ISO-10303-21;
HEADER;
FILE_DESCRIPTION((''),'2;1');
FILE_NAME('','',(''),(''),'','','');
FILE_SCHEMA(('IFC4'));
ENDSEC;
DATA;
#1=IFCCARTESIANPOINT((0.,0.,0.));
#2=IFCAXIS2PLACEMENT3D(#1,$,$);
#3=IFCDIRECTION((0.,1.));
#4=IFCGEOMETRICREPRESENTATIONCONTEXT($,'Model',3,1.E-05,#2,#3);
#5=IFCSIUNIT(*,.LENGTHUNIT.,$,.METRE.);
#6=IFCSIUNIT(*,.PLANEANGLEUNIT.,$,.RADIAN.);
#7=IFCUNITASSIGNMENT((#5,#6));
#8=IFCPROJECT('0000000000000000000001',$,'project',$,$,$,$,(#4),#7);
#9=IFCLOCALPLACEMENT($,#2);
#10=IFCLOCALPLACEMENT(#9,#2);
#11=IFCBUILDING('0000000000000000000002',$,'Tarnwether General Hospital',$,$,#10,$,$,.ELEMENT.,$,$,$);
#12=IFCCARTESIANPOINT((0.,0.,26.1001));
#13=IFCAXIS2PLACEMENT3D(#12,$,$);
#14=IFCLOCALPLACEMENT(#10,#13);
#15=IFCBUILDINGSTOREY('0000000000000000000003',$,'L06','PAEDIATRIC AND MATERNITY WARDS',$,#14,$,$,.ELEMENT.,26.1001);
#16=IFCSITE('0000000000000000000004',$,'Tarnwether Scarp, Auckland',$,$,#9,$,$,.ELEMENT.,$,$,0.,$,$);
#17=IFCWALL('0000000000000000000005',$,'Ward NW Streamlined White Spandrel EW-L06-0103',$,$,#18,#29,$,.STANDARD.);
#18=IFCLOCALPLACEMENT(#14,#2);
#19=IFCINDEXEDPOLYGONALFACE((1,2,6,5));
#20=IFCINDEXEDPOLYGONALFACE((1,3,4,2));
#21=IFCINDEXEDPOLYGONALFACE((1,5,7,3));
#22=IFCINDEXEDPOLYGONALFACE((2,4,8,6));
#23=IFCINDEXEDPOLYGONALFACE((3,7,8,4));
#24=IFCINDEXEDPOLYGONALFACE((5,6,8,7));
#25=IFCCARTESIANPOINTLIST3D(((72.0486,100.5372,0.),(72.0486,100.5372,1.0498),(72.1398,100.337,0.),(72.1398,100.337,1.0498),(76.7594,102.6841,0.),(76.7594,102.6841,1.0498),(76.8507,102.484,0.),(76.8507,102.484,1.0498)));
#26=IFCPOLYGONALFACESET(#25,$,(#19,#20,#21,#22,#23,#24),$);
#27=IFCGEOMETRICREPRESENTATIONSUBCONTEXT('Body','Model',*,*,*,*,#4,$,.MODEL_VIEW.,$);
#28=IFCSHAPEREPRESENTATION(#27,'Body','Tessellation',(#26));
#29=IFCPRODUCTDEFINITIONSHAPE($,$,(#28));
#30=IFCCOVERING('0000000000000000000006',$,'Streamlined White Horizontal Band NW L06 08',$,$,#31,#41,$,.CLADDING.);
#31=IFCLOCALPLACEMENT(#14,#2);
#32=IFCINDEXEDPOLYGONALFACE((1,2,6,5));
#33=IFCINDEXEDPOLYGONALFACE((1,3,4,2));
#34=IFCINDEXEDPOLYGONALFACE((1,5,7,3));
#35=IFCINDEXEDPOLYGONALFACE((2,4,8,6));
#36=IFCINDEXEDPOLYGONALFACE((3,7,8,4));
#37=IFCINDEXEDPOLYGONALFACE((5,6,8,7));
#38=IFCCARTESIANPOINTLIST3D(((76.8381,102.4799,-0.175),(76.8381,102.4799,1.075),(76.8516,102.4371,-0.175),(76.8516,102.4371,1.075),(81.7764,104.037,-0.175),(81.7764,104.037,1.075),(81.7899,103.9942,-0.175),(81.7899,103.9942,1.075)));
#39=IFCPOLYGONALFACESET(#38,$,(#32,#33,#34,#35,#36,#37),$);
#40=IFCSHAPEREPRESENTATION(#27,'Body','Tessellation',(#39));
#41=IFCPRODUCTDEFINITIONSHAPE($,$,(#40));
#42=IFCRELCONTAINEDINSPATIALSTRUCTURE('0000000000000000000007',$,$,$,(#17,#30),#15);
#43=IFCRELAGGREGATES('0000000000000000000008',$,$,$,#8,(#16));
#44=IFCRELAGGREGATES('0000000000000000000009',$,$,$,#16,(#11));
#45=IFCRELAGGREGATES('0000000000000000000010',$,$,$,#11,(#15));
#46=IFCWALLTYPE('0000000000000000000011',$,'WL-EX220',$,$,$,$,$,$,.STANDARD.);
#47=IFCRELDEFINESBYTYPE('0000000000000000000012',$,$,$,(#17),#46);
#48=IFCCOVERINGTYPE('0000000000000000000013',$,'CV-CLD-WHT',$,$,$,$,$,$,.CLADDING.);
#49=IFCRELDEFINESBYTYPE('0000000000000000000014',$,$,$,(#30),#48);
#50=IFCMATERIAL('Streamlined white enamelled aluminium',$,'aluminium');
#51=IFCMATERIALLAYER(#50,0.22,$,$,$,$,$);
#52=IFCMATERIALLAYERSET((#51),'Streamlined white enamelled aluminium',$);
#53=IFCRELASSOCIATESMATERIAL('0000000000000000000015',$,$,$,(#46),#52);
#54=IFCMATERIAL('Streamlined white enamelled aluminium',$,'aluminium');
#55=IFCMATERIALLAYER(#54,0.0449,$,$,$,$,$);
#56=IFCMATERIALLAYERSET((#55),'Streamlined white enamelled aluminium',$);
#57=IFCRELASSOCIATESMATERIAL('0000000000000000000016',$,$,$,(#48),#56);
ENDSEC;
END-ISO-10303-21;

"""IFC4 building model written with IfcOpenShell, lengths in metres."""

from ifc_helpers import new_model, si_unit, direction, frame, frame_2d, origin, origin_2d, place, context, subcontext, project, spatial, rectangle, extrude, material, layer, layer_set, type_object, element, save


model = new_model("IFC4")

# Units and contexts
model_context = context("Model", 3, precision=1e-05, world=origin(), true_north=direction((0.0, 1.0)))
body_context = subcontext(model_context, "Body", "Model", "MODEL_VIEW")
ifc_project = project(units=[si_unit("LENGTHUNIT", "METRE"), si_unit("PLANEANGLEUNIT", "RADIAN")], contexts=[model_context])

# Site, building, storey
site_placement = place(None, origin())
site = spatial("IfcSite", under=ifc_project, at=site_placement, Name="Tarnwether Scarp, Auckland", CompositionType="ELEMENT", RefElevation=0.0)
building_placement = place(site_placement, origin())
building = spatial("IfcBuilding", under=site, at=building_placement, Name="Tarnwether General Hospital", CompositionType="ELEMENT")
storey_placement = place(building_placement, frame((0.0, 0.0, 26.1001)))
storey = spatial("IfcBuildingStorey", under=building, at=storey_placement, Name="L06", Description="PAEDIATRIC AND MATERNITY WARDS", CompositionType="ELEMENT", Elevation=26.1001)

# Wall
ifc_material_1 = material(Name="Streamlined white enamelled aluminium", Category="aluminium")
ifc_layer_1 = layer(ifc_material_1, 0.22)
ifc_layer_set_1 = layer_set([ifc_layer_1], Name="Streamlined white enamelled aluminium")
wall_type = type_object("IfcWallType", Name="WL-EX220", PredefinedType="STANDARD", material=ifc_layer_set_1)
wall_placement = place(storey_placement, frame((76.8049, 102.584, 0.0), z_axis=(0.0, 0.0, 1.0), x_axis=(-0.909956, -0.414705, 0.0)))
element("IfcWall", 1, at=wall_placement, inside=storey, type_object=wall_type, Name="Ward NW Streamlined White Spandrel EW-L06-0103", PredefinedType="STANDARD", context=body_context, shape_type="SweptSolid", body=[
    extrude(rectangle(XDim=5.177, YDim=0.22, at=frame_2d((2.5884, 0.0))), origin(), (0.0, 0.0, 1.0), 1.0498),
])

# Covering
ifc_material_2 = material(Name="Streamlined white enamelled aluminium", Category="aluminium")
ifc_layer_2 = layer(ifc_material_2, 0.0449)
ifc_layer_set_2 = layer_set([ifc_layer_2], Name="Streamlined white enamelled aluminium")
covering_type = type_object("IfcCoveringType", Name="CV-CLD-WHT", PredefinedType="CLADDING", material=ifc_layer_set_2)
covering_placement = place(storey_placement, frame((79.314, 103.2371, -0.175), z_axis=(0.0, 0.0, 1.0), x_axis=(-0.953712, -0.300722, 0.0)))
element("IfcCovering", 2, at=covering_placement, inside=storey, type_object=covering_type, Name="Streamlined White Horizontal Band NW L06 08", PredefinedType="CLADDING", context=body_context, shape_type="SweptSolid", body=[
    extrude(rectangle(XDim=5.178, YDim=0.0449, at=origin_2d()), origin(), (0.0, 0.0, 1.0), 1.25),
])

save(model, "model.ifc")
